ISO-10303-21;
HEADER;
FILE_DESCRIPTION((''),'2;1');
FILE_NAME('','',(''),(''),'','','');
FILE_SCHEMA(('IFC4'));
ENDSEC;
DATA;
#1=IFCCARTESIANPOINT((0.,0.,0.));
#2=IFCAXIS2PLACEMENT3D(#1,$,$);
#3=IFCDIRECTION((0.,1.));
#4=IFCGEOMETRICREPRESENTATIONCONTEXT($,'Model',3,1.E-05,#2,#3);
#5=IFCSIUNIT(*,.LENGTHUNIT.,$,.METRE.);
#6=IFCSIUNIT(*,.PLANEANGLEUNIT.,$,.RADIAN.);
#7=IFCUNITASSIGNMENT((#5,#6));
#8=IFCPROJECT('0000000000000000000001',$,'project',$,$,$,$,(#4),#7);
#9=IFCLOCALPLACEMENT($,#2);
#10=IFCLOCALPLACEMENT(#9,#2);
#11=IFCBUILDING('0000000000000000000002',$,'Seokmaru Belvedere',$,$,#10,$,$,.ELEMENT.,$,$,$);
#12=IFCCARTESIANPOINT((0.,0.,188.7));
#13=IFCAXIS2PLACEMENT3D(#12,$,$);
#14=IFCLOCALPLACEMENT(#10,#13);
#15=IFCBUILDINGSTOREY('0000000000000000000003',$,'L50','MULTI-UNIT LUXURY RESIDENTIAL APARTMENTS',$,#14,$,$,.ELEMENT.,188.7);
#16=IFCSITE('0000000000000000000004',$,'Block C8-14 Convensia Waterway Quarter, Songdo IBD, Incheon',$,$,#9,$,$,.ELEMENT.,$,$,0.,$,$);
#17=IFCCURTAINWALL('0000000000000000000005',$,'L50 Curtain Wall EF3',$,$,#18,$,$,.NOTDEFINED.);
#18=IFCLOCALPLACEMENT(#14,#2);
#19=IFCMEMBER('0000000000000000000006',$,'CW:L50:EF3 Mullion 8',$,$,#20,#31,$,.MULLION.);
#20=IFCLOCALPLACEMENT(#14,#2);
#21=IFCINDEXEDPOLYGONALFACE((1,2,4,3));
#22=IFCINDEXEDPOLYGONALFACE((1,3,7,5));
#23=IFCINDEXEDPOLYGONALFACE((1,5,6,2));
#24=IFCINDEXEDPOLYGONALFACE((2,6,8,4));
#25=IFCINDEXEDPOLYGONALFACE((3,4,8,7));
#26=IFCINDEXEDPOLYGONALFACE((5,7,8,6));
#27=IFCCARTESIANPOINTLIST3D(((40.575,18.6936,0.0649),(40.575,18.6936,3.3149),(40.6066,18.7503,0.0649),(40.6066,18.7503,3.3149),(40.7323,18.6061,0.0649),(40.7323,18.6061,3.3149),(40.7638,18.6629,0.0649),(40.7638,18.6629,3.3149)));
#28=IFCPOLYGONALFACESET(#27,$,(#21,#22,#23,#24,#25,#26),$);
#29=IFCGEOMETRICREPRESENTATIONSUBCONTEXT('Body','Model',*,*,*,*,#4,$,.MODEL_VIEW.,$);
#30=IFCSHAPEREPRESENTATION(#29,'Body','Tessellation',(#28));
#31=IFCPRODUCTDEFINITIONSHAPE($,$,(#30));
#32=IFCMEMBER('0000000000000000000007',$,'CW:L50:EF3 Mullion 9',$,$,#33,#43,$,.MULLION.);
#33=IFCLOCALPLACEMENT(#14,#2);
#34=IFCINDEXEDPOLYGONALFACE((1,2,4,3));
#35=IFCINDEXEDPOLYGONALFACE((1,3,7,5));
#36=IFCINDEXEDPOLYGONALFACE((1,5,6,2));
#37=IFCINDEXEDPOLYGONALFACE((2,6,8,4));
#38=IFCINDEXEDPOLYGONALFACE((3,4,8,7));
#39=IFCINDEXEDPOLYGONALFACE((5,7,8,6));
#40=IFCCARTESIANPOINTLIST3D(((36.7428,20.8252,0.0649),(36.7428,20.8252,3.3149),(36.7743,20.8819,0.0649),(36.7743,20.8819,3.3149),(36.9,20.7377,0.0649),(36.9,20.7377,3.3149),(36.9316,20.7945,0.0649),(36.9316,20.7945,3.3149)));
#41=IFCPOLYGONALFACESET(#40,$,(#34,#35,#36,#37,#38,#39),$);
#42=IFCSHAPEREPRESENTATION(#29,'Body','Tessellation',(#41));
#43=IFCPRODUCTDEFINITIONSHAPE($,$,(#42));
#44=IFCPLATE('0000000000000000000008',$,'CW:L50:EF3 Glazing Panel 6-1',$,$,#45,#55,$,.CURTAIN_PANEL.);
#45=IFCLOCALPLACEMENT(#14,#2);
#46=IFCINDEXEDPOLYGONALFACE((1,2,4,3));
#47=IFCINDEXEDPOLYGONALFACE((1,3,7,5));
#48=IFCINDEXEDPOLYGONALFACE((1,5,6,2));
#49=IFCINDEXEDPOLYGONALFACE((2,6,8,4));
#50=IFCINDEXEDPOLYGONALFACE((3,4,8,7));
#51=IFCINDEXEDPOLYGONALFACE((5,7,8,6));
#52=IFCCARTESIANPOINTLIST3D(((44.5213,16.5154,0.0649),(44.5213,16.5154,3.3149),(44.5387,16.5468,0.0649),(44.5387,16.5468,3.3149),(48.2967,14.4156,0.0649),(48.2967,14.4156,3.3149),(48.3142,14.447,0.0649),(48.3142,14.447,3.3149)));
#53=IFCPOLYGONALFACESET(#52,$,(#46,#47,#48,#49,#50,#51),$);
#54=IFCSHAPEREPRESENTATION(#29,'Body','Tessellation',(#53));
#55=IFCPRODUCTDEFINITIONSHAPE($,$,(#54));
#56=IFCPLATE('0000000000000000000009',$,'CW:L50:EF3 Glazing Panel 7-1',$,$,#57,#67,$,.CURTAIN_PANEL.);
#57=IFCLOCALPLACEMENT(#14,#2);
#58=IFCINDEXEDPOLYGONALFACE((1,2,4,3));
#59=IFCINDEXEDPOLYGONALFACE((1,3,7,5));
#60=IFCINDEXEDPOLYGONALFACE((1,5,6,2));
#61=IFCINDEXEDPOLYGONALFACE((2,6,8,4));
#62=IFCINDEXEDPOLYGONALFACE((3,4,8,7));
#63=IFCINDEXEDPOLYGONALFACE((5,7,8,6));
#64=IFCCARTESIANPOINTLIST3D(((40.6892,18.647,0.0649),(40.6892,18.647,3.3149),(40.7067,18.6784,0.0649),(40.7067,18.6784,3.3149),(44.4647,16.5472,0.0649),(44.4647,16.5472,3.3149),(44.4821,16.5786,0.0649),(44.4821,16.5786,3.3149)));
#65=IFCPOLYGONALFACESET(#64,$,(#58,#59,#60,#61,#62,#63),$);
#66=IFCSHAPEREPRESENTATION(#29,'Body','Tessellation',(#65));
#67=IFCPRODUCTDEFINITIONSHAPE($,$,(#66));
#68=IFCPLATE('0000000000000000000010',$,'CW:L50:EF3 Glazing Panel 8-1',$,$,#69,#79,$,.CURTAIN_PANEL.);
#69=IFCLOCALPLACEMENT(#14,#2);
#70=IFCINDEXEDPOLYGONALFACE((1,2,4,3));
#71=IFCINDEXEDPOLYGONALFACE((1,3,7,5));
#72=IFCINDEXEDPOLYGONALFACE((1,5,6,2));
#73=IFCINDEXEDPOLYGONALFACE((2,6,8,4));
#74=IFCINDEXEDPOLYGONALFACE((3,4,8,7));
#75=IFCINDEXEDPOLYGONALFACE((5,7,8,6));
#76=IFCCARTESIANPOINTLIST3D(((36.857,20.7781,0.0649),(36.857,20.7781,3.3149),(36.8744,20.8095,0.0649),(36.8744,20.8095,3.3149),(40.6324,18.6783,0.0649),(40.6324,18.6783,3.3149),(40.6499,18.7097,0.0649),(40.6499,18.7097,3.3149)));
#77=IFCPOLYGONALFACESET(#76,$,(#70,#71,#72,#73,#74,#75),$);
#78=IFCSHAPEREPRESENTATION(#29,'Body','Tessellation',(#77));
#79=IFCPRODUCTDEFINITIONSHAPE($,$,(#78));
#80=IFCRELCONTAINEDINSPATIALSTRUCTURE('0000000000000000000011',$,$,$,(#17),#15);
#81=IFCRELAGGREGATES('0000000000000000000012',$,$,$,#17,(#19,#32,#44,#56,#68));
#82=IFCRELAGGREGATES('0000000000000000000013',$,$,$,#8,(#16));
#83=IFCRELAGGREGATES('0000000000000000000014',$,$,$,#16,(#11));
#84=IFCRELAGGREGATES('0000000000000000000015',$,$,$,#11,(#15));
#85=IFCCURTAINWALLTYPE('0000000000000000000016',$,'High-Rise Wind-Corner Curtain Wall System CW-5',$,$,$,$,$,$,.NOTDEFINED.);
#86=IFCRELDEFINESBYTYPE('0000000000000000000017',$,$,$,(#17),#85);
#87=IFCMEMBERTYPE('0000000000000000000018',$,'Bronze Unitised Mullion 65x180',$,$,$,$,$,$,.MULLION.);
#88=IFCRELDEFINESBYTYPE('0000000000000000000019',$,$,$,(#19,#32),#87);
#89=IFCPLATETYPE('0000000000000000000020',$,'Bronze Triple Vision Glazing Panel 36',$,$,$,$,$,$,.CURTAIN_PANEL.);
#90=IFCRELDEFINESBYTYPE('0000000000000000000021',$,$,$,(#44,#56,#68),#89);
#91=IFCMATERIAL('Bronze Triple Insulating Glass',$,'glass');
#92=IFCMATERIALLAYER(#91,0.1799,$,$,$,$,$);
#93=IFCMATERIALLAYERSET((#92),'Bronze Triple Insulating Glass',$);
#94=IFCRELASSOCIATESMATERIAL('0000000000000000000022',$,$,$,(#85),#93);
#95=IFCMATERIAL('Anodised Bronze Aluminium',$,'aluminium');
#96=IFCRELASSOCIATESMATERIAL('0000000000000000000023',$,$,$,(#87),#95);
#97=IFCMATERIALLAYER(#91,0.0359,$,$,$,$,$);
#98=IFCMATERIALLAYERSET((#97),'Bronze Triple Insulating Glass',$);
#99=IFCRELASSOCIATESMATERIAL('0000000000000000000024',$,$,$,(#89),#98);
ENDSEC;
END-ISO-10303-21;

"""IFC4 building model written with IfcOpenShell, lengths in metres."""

from ifc_helpers import new_model, si_unit, direction, frame, origin, origin_2d, place, context, subcontext, project, spatial, rectangle, extrude, source, transform, mapped, material, layer, layer_set, material_profile, profile_set, type_object, type_shapes, element, aggregate, save


model = new_model("IFC4")

# Units and contexts
model_context = context("Model", 3, precision=1e-05, world=origin(), true_north=direction((0.0, 1.0)))
body_context = subcontext(model_context, "Body", "Model", "MODEL_VIEW")
ifc_project = project(units=[si_unit("LENGTHUNIT", "METRE"), si_unit("PLANEANGLEUNIT", "RADIAN")], contexts=[model_context])

# Site, building, storey
site_placement = place(None, origin())
site = spatial("IfcSite", under=ifc_project, at=site_placement, Name="Block C8-14 Convensia Waterway Quarter, Songdo IBD, Incheon", CompositionType="ELEMENT", RefElevation=0.0)
building_placement = place(site_placement, origin())
building = spatial("IfcBuilding", under=site, at=building_placement, Name="Seokmaru Belvedere", CompositionType="ELEMENT")
storey_placement = place(building_placement, frame((0.0, 0.0, 188.7)))
storey = spatial("IfcBuildingStorey", under=building, at=storey_placement, Name="L50", Description="MULTI-UNIT LUXURY RESIDENTIAL APARTMENTS", CompositionType="ELEMENT", Elevation=188.7)

# Curtain wall, members, plates
ifc_material_1 = material(Name="Bronze Triple Insulating Glass", Category="glass")
ifc_layer_1 = layer(ifc_material_1, 0.1799)
ifc_layer_set_1 = layer_set([ifc_layer_1], Name="Bronze Triple Insulating Glass")
curtain_wall_type = type_object("IfcCurtainWallType", Name="High-Rise Wind-Corner Curtain Wall System CW-5", PredefinedType="NOTDEFINED", material=ifc_layer_set_1)
curtain_wall_placement = place(storey_placement, origin())
curtain_wall = element("IfcCurtainWall", 1, at=curtain_wall_placement, inside=storey, type_object=curtain_wall_type, Name="L50 Curtain Wall EF3", PredefinedType="NOTDEFINED")
ifc_material_2 = material(Name="Anodised Bronze Aluminium", Category="aluminium")
ifc_material_profile_1 = material_profile(ifc_material_2, rectangle(XDim=0.0649, YDim=0.1799, at=origin_2d()), Name="CW-M-65x180")
ifc_profile_set_1 = profile_set([ifc_material_profile_1], Name="Anodised Bronze Aluminium")
member_type = type_object("IfcMemberType", Name="Bronze Unitised Mullion 65x180", PredefinedType="MULLION", material=ifc_profile_set_1)
shared_shape_1 = source(origin(), body_context, "Body", "SweptSolid", [
    extrude(rectangle(XDim=0.0649, YDim=0.1799, at=origin_2d()), origin(), (0.0, 0.0, 1.0), 3.25),
])
type_shapes(member_type, [shared_shape_1])
member_1_placement = place(storey_placement, frame((40.6694, 18.6782, 0.0649), z_axis=(0.0, 0.0, 1.0), x_axis=(-0.486047, -0.873933, 0.0)))
member_1 = element("IfcMember", 2, at=member_1_placement, type_object=member_type, Name="CW:L50:EF3 Mullion 8", PredefinedType="MULLION", context=body_context, shape_type="MappedRepresentation", body=[
    mapped(shared_shape_1, transform((0.0, 0.0, 0.0), scale=1.0)),
])
member_2_placement = place(storey_placement, frame((36.8372, 20.8098, 0.0649), z_axis=(0.0, 0.0, 1.0), x_axis=(-0.486047, -0.873933, 0.0)))
member_2 = element("IfcMember", 3, at=member_2_placement, type_object=member_type, Name="CW:L50:EF3 Mullion 9", PredefinedType="MULLION", context=body_context, shape_type="MappedRepresentation", body=[
    mapped(shared_shape_1, transform((0.0, 0.0, 0.0), scale=1.0)),
])
ifc_layer_2 = layer(ifc_material_1, 0.0359)
ifc_layer_set_2 = layer_set([ifc_layer_2], Name="Bronze Triple Insulating Glass")
plate_type = type_object("IfcPlateType", Name="Bronze Triple Vision Glazing Panel 36", PredefinedType="CURTAIN_PANEL", material=ifc_layer_set_2)
shared_shape_2 = source(origin(), body_context, "Body", "SweptSolid", [
    extrude(rectangle(XDim=4.3201, YDim=0.0359, at=origin_2d()), origin(), (0.0, 0.0, 1.0), 3.25),
])
type_shapes(plate_type, [shared_shape_2])
plate_1_placement = place(storey_placement, frame((46.4177, 15.4812, 0.0649), z_axis=(0.0, 0.0, 1.0), x_axis=(-0.873933, 0.486047, 0.0)))
plate_1 = element("IfcPlate", 4, at=plate_1_placement, type_object=plate_type, Name="CW:L50:EF3 Glazing Panel 6-1", PredefinedType="CURTAIN_PANEL", context=body_context, shape_type="MappedRepresentation", body=[
    mapped(shared_shape_2, transform((0.0, 0.0, 0.0), scale=1.0)),
])
plate_2_placement = place(storey_placement, frame((42.5857, 17.6128, 0.0649), z_axis=(0.0, 0.0, 1.0), x_axis=(-0.873933, 0.486047, 0.0)))
plate_2 = element("IfcPlate", 5, at=plate_2_placement, type_object=plate_type, Name="CW:L50:EF3 Glazing Panel 7-1", PredefinedType="CURTAIN_PANEL", context=body_context, shape_type="MappedRepresentation", body=[
    mapped(shared_shape_2, transform((0.0, 0.0, 0.0), scale=1.0)),
])
plate_3_placement = place(storey_placement, frame((38.7534, 19.7439, 0.0649), z_axis=(0.0, 0.0, 1.0), x_axis=(-0.873933, 0.486047, 0.0)))
plate_3 = element("IfcPlate", 6, at=plate_3_placement, type_object=plate_type, Name="CW:L50:EF3 Glazing Panel 8-1", PredefinedType="CURTAIN_PANEL", context=body_context, shape_type="MappedRepresentation", body=[
    mapped(shared_shape_2, transform((0.0, 0.0, 0.0), scale=1.0)),
])
aggregate(curtain_wall, [member_1, member_2, plate_1, plate_2, plate_3])

save(model, "model.ifc")
